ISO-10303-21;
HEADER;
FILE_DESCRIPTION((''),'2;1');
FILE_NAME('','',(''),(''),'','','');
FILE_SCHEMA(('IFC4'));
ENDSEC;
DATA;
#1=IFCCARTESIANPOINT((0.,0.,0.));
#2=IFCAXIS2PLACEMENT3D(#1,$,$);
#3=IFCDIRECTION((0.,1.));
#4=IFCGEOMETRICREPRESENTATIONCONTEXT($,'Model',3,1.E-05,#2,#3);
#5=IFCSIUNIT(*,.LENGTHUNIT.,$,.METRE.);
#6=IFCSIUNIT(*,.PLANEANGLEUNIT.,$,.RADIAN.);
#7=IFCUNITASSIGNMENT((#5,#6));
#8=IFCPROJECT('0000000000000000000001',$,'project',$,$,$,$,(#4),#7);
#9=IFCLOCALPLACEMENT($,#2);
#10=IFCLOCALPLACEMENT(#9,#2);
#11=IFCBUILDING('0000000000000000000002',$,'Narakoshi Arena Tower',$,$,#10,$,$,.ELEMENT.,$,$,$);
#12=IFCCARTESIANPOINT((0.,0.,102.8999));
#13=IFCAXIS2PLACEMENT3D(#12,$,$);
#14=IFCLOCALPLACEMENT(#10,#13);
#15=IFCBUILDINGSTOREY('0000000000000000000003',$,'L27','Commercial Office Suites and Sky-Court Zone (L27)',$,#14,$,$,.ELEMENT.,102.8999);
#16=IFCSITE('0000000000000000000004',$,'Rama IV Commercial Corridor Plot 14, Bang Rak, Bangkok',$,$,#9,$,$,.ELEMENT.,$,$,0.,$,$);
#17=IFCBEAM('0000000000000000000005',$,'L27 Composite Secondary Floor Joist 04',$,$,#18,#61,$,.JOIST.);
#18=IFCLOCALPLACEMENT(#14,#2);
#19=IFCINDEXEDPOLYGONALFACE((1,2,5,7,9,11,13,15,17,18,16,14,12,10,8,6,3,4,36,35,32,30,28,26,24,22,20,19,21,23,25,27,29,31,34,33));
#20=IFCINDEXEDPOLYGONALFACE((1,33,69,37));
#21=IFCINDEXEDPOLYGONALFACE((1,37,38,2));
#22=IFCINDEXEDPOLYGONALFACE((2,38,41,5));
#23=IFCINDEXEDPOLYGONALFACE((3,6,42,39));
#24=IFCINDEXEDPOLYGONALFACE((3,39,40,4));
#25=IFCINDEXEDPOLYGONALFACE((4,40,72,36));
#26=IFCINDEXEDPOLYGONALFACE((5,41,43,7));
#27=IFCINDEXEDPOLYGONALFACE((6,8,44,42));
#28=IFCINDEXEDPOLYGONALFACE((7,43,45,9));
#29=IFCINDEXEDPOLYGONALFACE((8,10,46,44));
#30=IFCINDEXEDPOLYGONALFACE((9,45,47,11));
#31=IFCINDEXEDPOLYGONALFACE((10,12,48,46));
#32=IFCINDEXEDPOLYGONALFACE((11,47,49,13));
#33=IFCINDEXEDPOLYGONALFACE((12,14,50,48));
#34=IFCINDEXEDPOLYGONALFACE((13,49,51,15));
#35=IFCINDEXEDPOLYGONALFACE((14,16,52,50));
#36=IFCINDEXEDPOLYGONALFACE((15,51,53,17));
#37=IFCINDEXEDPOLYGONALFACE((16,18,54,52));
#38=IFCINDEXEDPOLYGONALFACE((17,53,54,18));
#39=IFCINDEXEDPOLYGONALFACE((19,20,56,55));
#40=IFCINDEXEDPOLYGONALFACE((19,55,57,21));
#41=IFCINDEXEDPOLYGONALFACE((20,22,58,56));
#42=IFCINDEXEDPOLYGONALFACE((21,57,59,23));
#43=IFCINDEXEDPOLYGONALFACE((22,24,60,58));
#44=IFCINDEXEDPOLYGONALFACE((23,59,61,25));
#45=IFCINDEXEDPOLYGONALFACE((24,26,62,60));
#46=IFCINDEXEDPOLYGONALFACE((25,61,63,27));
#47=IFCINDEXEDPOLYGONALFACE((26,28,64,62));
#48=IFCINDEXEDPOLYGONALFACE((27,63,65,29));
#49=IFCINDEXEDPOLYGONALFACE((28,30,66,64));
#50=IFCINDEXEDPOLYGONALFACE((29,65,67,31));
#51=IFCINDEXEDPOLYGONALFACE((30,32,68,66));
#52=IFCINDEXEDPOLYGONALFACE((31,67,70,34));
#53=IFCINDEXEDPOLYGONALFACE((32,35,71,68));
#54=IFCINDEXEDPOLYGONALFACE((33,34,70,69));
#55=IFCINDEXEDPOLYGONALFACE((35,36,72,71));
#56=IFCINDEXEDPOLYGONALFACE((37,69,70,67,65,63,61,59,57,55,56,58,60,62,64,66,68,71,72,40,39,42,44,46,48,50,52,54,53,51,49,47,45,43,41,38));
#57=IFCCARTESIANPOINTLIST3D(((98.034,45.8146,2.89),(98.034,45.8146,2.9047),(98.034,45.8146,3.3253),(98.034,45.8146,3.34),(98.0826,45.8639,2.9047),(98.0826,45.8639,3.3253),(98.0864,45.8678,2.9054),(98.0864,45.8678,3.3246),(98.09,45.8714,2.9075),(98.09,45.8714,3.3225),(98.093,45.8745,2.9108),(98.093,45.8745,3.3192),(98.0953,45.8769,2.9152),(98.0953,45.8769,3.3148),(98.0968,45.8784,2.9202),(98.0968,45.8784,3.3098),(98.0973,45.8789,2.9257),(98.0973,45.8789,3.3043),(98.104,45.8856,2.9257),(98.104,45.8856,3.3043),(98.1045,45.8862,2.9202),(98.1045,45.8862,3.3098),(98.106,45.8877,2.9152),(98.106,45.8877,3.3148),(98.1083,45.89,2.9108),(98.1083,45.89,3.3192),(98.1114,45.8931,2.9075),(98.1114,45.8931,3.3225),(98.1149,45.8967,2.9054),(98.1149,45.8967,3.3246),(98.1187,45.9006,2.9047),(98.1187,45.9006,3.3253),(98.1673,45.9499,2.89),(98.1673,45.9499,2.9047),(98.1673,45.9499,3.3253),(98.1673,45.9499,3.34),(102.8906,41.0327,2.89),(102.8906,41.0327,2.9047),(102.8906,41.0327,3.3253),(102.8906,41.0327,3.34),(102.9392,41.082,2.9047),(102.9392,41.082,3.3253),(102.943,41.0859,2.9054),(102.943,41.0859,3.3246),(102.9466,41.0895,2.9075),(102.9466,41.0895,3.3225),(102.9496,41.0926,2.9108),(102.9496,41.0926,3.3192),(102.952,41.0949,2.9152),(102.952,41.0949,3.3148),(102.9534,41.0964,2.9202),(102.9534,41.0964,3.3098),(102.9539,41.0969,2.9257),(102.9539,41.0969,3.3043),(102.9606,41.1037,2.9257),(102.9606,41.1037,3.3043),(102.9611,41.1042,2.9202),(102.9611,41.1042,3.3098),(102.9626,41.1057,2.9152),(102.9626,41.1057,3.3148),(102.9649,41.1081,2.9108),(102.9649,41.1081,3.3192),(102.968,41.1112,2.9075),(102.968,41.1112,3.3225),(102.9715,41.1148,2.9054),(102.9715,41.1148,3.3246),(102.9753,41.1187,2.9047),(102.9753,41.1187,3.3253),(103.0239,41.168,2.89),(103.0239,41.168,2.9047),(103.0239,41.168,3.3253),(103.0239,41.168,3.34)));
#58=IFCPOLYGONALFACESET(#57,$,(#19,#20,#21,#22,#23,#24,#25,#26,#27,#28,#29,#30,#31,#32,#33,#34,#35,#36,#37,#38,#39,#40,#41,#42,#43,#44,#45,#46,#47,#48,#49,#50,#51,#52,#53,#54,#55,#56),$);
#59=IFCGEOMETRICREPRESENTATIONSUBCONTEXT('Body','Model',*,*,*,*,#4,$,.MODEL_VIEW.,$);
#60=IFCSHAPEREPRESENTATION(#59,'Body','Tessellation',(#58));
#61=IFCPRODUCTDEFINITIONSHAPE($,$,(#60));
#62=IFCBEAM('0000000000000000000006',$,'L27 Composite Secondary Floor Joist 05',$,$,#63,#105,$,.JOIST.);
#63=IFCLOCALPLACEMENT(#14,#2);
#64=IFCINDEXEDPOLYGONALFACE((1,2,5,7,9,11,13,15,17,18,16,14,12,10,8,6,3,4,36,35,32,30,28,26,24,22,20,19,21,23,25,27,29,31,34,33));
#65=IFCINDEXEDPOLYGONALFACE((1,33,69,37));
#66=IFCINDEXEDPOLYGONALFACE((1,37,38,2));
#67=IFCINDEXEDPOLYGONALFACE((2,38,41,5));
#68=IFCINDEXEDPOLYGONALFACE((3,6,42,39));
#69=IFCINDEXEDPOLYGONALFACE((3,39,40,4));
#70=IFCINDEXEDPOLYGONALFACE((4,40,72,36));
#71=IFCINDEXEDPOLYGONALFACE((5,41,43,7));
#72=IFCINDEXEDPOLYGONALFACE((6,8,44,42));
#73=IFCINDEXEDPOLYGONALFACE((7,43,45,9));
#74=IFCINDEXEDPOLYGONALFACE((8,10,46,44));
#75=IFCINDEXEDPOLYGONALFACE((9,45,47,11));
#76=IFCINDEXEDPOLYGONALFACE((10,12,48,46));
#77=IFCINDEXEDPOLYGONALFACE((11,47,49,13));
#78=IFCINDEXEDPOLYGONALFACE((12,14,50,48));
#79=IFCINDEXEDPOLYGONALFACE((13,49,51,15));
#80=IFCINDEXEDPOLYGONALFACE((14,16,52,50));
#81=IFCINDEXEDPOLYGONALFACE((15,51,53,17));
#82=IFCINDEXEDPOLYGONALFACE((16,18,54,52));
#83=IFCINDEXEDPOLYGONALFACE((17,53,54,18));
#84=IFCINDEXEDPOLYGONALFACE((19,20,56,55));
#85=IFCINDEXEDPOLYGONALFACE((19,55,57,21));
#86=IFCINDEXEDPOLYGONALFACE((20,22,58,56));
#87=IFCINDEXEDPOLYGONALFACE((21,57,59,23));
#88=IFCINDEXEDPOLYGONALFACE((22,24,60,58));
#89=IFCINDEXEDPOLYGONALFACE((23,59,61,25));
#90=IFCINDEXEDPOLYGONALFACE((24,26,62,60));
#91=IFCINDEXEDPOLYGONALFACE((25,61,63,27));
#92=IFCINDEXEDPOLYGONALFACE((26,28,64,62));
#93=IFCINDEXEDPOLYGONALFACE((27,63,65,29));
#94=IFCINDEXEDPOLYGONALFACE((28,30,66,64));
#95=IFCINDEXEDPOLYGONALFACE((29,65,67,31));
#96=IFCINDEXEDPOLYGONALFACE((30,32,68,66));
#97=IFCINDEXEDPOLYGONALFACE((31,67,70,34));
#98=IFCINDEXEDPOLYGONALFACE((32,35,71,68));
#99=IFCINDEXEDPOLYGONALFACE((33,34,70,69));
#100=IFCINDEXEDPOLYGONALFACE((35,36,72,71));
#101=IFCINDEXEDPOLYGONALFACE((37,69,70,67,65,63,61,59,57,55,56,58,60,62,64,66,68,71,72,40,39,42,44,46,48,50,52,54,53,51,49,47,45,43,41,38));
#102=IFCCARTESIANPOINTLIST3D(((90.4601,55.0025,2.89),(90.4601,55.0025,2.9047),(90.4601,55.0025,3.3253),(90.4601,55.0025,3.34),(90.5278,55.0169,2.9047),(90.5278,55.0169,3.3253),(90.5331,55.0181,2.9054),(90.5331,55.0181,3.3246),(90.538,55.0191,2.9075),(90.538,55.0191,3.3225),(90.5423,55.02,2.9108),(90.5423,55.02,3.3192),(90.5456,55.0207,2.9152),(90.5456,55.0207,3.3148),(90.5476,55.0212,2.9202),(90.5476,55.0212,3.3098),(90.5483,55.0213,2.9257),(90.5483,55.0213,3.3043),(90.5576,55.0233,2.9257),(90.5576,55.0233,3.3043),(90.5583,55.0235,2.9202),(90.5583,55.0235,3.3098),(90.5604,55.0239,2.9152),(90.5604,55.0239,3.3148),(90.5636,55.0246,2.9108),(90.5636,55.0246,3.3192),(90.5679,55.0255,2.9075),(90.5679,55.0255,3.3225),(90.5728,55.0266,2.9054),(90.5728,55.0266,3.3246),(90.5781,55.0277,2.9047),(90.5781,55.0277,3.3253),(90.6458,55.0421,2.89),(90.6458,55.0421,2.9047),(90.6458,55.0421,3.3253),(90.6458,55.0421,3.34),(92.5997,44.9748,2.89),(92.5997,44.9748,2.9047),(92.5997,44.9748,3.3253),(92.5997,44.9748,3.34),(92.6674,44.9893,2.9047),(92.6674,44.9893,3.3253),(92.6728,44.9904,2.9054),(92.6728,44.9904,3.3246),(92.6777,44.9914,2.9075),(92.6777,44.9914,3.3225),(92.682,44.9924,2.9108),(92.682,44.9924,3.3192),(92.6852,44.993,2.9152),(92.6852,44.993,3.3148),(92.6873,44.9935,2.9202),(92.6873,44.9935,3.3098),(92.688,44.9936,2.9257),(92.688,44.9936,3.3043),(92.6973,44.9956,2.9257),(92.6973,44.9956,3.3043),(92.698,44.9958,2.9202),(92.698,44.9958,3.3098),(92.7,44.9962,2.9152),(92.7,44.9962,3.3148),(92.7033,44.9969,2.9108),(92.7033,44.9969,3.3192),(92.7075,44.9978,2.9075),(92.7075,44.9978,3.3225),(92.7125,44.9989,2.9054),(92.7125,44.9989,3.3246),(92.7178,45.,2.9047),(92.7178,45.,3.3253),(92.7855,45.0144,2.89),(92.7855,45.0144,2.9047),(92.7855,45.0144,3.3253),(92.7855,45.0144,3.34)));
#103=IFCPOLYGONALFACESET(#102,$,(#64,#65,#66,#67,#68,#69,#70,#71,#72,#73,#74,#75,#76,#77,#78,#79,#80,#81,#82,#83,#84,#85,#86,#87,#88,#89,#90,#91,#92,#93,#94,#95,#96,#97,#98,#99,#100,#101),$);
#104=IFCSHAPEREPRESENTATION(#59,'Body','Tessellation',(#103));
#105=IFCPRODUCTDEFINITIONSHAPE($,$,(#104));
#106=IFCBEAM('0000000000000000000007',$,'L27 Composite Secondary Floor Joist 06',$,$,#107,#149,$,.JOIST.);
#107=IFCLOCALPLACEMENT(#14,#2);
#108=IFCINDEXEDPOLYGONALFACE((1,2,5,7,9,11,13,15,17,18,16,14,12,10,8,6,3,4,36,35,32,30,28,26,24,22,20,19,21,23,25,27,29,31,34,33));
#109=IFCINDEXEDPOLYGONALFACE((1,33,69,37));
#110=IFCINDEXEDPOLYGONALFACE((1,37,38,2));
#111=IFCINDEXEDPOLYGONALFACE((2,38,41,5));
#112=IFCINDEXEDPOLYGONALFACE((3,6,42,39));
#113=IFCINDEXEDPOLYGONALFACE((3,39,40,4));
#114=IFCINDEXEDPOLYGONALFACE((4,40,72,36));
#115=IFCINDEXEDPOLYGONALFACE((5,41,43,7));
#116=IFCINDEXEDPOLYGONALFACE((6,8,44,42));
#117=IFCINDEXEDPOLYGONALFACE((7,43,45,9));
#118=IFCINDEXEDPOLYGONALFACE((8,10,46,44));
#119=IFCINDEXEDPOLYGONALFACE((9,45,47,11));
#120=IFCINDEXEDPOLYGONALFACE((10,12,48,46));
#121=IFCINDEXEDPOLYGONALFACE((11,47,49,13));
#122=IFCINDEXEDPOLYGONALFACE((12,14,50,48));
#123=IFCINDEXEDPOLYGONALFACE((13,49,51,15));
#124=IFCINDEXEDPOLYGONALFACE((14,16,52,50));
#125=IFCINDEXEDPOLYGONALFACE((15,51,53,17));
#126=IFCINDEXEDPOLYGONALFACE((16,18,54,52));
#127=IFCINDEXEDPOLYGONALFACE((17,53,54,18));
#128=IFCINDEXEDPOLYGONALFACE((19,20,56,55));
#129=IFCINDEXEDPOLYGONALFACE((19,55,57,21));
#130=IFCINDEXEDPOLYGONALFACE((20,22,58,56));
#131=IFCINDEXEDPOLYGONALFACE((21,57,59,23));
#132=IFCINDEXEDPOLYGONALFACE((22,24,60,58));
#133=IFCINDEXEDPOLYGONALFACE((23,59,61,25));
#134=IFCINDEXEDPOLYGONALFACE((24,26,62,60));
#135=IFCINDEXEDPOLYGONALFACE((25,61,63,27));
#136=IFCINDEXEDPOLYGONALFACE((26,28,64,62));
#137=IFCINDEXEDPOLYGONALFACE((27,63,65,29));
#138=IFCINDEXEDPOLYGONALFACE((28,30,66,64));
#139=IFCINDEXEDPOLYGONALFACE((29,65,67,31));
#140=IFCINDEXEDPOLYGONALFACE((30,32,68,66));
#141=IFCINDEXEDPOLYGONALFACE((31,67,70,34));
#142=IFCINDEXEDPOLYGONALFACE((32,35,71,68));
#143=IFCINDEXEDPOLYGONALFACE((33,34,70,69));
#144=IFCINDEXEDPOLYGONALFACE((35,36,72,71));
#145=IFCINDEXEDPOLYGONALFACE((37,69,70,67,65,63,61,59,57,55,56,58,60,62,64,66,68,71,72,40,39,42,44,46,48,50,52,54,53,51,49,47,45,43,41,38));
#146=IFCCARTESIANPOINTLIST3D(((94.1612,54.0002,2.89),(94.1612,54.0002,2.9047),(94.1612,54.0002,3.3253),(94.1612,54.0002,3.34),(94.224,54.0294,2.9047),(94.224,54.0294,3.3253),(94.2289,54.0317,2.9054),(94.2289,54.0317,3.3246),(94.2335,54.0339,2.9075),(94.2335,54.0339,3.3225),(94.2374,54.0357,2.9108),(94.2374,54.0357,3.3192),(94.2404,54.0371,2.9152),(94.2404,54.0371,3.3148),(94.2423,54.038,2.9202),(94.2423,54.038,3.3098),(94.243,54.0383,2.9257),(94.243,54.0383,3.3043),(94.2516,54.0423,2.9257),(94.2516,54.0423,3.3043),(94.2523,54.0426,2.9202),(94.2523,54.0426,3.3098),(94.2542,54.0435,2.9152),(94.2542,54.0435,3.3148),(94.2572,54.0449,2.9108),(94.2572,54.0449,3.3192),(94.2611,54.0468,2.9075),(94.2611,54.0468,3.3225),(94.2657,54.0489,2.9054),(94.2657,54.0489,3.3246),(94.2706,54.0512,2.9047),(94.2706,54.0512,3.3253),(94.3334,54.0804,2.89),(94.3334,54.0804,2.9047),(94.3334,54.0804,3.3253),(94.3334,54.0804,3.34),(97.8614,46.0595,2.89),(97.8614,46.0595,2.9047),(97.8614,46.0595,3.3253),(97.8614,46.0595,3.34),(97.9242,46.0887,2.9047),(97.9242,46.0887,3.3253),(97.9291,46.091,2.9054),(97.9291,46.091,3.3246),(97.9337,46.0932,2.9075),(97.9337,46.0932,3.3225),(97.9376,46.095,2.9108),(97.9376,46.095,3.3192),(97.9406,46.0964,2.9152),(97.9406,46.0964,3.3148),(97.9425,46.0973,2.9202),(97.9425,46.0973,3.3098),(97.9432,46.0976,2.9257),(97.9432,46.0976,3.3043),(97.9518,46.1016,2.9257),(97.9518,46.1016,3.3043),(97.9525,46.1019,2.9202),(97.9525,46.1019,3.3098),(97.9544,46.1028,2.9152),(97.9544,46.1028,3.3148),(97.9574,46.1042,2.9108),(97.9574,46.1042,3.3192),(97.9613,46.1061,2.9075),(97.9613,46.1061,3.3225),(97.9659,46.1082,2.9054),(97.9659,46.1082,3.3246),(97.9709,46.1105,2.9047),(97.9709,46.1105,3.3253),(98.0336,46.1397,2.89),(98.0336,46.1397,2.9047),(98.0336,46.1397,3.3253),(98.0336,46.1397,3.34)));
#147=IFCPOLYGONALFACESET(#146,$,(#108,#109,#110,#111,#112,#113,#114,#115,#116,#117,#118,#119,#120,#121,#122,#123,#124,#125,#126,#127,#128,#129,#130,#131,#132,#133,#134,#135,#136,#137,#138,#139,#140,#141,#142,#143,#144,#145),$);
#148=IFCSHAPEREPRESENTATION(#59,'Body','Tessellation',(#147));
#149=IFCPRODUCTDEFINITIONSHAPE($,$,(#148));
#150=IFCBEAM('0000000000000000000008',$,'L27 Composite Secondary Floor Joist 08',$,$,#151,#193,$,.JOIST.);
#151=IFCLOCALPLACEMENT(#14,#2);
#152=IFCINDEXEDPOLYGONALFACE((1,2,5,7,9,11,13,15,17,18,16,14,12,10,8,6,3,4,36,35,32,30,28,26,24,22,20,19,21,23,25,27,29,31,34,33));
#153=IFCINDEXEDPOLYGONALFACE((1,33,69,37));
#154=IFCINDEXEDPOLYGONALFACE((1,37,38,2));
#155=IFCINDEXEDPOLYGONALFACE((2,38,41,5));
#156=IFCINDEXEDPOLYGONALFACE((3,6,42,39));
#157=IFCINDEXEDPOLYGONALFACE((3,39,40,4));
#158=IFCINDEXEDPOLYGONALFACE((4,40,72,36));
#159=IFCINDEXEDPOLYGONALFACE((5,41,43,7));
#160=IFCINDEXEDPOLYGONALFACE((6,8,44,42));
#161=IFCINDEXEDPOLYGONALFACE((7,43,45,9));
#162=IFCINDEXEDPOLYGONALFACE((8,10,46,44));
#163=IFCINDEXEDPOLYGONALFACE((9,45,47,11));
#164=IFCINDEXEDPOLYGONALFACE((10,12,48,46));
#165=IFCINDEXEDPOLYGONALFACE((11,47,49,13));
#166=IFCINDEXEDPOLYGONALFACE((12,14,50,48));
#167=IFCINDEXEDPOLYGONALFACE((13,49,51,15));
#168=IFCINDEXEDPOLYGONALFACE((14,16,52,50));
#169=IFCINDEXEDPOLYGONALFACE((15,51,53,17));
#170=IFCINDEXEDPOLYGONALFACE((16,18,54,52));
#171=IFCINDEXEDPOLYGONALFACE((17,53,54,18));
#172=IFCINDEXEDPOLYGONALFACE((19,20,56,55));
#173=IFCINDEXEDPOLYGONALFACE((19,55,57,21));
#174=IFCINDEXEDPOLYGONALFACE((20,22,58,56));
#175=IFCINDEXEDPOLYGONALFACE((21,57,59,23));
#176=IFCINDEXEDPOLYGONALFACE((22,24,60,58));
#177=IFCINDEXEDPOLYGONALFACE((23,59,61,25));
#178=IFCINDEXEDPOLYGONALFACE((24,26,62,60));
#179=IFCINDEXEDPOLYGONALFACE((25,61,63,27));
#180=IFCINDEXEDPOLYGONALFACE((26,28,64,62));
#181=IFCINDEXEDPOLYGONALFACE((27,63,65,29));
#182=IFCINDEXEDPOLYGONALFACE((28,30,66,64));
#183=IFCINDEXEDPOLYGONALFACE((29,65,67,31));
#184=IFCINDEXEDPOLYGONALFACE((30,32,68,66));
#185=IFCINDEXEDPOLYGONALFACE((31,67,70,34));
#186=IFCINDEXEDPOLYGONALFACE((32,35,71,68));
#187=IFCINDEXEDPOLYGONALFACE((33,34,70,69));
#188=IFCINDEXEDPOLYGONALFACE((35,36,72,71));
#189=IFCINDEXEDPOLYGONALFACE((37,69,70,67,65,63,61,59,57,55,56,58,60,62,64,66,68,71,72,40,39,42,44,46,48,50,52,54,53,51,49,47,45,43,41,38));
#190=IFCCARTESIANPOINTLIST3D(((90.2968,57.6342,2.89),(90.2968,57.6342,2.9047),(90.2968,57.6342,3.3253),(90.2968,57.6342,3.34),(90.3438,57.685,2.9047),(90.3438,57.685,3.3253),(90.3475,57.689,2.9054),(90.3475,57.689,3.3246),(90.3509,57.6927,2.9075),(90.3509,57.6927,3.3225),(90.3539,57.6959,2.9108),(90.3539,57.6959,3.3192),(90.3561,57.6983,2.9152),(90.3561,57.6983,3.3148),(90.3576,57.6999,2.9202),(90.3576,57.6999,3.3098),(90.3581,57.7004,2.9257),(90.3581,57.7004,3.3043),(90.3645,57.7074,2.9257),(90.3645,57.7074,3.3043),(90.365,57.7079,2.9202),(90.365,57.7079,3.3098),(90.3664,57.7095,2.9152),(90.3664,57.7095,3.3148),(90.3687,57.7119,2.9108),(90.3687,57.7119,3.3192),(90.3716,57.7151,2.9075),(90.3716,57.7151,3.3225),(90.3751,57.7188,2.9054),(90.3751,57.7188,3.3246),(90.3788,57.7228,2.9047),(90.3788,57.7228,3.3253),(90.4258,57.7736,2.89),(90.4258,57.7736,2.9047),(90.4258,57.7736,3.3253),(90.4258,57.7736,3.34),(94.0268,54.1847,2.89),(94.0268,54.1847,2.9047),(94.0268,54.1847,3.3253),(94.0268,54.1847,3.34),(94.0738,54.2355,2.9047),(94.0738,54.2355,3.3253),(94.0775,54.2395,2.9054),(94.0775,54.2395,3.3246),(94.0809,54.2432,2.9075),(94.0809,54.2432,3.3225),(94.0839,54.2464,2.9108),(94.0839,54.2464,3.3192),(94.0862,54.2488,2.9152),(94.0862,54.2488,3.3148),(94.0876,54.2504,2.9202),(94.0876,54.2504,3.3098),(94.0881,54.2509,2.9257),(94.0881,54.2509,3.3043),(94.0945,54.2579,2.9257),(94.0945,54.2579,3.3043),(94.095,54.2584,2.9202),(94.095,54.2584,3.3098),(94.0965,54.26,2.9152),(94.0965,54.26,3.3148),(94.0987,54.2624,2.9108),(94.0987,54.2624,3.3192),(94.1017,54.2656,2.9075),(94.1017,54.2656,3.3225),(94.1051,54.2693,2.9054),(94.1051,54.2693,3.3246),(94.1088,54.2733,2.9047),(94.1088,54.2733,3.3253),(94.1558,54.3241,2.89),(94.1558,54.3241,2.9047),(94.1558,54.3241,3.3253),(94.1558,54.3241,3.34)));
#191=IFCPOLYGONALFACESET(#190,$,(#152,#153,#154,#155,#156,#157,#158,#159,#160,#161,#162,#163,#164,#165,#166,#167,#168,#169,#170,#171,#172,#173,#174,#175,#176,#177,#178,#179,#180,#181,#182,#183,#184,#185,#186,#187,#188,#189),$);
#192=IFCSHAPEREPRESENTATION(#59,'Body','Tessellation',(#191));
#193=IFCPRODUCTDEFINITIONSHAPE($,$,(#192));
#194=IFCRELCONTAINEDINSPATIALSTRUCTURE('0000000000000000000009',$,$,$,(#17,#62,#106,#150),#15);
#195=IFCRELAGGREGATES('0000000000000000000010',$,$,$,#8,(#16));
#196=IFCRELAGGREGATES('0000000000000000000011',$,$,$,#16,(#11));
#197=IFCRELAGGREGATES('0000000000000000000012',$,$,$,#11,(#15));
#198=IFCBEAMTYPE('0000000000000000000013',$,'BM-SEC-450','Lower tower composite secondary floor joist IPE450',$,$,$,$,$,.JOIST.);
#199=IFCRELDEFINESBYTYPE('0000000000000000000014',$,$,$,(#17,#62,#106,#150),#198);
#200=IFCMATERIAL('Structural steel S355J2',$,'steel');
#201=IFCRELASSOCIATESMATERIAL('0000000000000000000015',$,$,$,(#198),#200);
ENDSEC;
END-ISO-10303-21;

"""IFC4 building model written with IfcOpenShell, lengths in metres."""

from ifc_helpers import new_model, si_unit, direction, frame, origin, origin_2d, place, context, subcontext, project, spatial, i_section, extrude, material, material_profile, profile_set, type_object, element, save


model = new_model("IFC4")

# Units and contexts
model_context = context("Model", 3, precision=1e-05, world=origin(), true_north=direction((0.0, 1.0)))
body_context = subcontext(model_context, "Body", "Model", "MODEL_VIEW")
ifc_project = project(units=[si_unit("LENGTHUNIT", "METRE"), si_unit("PLANEANGLEUNIT", "RADIAN")], contexts=[model_context])

# Site, building, storey
site_placement = place(None, origin())
site = spatial("IfcSite", under=ifc_project, at=site_placement, Name="Rama IV Commercial Corridor Plot 14, Bang Rak, Bangkok", CompositionType="ELEMENT", RefElevation=0.0)
building_placement = place(site_placement, origin())
building = spatial("IfcBuilding", under=site, at=building_placement, Name="Narakoshi Arena Tower", CompositionType="ELEMENT")
storey_placement = place(building_placement, frame((0.0, 0.0, 102.8999)))
storey = spatial("IfcBuildingStorey", under=building, at=storey_placement, Name="L27", Description="Commercial Office Suites and Sky-Court Zone (L27)", CompositionType="ELEMENT", Elevation=102.8999)

# Beams
ifc_material_1 = material(Name="Structural steel S355J2", Category="steel")
ifc_material_profile_1 = material_profile(ifc_material_1, i_section(OverallWidth=0.1899, OverallDepth=0.45, WebThickness=0.0095, FlangeThickness=0.0146, FilletRadius=0.021, at=origin_2d()), Name="IPE450")
ifc_profile_set_1 = profile_set([ifc_material_profile_1], Name="Structural steel S355J2")
beam_type_1 = type_object("IfcBeamType", Name="BM-SEC-450", Description="Lower tower composite secondary floor joist IPE450", PredefinedType="JOIST", material=ifc_profile_set_1)
beam_1_placement = place(storey_placement, frame((102.9573, 41.1003, 3.115), z_axis=(-0.712566, 0.701605, 0.0), x_axis=(-0.701605, -0.712566, 0.0)))
element("IfcBeam", 1, at=beam_1_placement, inside=storey, type_object=beam_type_1, Name="L27 Composite Secondary Floor Joist 04", PredefinedType="JOIST", context=body_context, shape_type="SweptSolid", body=[
    extrude(i_section(OverallWidth=0.1899, OverallDepth=0.45, WebThickness=0.0095, FlangeThickness=0.0146, FilletRadius=0.021, at=origin_2d()), origin(), (0.0, 0.0, 1.0), 6.8157),
])
beam_2_placement = place(storey_placement, frame((92.6926, 44.9946, 3.115), z_axis=(-0.208679, 0.977984, 0.0), x_axis=(-0.977984, -0.208679, 0.0)))
element("IfcBeam", 2, at=beam_2_placement, inside=storey, type_object=beam_type_1, Name="L27 Composite Secondary Floor Joist 05", PredefinedType="JOIST", context=body_context, shape_type="SweptSolid", body=[
    extrude(i_section(OverallWidth=0.1899, OverallDepth=0.45, WebThickness=0.0095, FlangeThickness=0.0146, FilletRadius=0.021, at=origin_2d()), origin(), (0.0, 0.0, 1.0), 10.2534),
])
beam_3_placement = place(storey_placement, frame((97.9475, 46.0996, 3.115), z_axis=(-0.422374, 0.906422, 0.0), x_axis=(-0.906422, -0.422374, 0.0)))
element("IfcBeam", 3, at=beam_3_placement, inside=storey, type_object=beam_type_1, Name="L27 Composite Secondary Floor Joist 06", PredefinedType="JOIST", context=body_context, shape_type="SweptSolid", body=[
    extrude(i_section(OverallWidth=0.1899, OverallDepth=0.45, WebThickness=0.0095, FlangeThickness=0.0146, FilletRadius=0.021, at=origin_2d()), origin(), (0.0, 0.0, 1.0), 8.7605),
])
beam_4_placement = place(storey_placement, frame((94.0913, 54.2544, 3.115), z_axis=(-0.734175, 0.67896, 0.0), x_axis=(-0.67896, -0.734175, 0.0)))
element("IfcBeam", 4, at=beam_4_placement, inside=storey, type_object=beam_type_1, Name="L27 Composite Secondary Floor Joist 08", PredefinedType="JOIST", context=body_context, shape_type="SweptSolid", body=[
    extrude(i_section(OverallWidth=0.1899, OverallDepth=0.45, WebThickness=0.0095, FlangeThickness=0.0146, FilletRadius=0.021, at=origin_2d()), origin(), (0.0, 0.0, 1.0), 5.0806),
])

save(model, "model.ifc")
